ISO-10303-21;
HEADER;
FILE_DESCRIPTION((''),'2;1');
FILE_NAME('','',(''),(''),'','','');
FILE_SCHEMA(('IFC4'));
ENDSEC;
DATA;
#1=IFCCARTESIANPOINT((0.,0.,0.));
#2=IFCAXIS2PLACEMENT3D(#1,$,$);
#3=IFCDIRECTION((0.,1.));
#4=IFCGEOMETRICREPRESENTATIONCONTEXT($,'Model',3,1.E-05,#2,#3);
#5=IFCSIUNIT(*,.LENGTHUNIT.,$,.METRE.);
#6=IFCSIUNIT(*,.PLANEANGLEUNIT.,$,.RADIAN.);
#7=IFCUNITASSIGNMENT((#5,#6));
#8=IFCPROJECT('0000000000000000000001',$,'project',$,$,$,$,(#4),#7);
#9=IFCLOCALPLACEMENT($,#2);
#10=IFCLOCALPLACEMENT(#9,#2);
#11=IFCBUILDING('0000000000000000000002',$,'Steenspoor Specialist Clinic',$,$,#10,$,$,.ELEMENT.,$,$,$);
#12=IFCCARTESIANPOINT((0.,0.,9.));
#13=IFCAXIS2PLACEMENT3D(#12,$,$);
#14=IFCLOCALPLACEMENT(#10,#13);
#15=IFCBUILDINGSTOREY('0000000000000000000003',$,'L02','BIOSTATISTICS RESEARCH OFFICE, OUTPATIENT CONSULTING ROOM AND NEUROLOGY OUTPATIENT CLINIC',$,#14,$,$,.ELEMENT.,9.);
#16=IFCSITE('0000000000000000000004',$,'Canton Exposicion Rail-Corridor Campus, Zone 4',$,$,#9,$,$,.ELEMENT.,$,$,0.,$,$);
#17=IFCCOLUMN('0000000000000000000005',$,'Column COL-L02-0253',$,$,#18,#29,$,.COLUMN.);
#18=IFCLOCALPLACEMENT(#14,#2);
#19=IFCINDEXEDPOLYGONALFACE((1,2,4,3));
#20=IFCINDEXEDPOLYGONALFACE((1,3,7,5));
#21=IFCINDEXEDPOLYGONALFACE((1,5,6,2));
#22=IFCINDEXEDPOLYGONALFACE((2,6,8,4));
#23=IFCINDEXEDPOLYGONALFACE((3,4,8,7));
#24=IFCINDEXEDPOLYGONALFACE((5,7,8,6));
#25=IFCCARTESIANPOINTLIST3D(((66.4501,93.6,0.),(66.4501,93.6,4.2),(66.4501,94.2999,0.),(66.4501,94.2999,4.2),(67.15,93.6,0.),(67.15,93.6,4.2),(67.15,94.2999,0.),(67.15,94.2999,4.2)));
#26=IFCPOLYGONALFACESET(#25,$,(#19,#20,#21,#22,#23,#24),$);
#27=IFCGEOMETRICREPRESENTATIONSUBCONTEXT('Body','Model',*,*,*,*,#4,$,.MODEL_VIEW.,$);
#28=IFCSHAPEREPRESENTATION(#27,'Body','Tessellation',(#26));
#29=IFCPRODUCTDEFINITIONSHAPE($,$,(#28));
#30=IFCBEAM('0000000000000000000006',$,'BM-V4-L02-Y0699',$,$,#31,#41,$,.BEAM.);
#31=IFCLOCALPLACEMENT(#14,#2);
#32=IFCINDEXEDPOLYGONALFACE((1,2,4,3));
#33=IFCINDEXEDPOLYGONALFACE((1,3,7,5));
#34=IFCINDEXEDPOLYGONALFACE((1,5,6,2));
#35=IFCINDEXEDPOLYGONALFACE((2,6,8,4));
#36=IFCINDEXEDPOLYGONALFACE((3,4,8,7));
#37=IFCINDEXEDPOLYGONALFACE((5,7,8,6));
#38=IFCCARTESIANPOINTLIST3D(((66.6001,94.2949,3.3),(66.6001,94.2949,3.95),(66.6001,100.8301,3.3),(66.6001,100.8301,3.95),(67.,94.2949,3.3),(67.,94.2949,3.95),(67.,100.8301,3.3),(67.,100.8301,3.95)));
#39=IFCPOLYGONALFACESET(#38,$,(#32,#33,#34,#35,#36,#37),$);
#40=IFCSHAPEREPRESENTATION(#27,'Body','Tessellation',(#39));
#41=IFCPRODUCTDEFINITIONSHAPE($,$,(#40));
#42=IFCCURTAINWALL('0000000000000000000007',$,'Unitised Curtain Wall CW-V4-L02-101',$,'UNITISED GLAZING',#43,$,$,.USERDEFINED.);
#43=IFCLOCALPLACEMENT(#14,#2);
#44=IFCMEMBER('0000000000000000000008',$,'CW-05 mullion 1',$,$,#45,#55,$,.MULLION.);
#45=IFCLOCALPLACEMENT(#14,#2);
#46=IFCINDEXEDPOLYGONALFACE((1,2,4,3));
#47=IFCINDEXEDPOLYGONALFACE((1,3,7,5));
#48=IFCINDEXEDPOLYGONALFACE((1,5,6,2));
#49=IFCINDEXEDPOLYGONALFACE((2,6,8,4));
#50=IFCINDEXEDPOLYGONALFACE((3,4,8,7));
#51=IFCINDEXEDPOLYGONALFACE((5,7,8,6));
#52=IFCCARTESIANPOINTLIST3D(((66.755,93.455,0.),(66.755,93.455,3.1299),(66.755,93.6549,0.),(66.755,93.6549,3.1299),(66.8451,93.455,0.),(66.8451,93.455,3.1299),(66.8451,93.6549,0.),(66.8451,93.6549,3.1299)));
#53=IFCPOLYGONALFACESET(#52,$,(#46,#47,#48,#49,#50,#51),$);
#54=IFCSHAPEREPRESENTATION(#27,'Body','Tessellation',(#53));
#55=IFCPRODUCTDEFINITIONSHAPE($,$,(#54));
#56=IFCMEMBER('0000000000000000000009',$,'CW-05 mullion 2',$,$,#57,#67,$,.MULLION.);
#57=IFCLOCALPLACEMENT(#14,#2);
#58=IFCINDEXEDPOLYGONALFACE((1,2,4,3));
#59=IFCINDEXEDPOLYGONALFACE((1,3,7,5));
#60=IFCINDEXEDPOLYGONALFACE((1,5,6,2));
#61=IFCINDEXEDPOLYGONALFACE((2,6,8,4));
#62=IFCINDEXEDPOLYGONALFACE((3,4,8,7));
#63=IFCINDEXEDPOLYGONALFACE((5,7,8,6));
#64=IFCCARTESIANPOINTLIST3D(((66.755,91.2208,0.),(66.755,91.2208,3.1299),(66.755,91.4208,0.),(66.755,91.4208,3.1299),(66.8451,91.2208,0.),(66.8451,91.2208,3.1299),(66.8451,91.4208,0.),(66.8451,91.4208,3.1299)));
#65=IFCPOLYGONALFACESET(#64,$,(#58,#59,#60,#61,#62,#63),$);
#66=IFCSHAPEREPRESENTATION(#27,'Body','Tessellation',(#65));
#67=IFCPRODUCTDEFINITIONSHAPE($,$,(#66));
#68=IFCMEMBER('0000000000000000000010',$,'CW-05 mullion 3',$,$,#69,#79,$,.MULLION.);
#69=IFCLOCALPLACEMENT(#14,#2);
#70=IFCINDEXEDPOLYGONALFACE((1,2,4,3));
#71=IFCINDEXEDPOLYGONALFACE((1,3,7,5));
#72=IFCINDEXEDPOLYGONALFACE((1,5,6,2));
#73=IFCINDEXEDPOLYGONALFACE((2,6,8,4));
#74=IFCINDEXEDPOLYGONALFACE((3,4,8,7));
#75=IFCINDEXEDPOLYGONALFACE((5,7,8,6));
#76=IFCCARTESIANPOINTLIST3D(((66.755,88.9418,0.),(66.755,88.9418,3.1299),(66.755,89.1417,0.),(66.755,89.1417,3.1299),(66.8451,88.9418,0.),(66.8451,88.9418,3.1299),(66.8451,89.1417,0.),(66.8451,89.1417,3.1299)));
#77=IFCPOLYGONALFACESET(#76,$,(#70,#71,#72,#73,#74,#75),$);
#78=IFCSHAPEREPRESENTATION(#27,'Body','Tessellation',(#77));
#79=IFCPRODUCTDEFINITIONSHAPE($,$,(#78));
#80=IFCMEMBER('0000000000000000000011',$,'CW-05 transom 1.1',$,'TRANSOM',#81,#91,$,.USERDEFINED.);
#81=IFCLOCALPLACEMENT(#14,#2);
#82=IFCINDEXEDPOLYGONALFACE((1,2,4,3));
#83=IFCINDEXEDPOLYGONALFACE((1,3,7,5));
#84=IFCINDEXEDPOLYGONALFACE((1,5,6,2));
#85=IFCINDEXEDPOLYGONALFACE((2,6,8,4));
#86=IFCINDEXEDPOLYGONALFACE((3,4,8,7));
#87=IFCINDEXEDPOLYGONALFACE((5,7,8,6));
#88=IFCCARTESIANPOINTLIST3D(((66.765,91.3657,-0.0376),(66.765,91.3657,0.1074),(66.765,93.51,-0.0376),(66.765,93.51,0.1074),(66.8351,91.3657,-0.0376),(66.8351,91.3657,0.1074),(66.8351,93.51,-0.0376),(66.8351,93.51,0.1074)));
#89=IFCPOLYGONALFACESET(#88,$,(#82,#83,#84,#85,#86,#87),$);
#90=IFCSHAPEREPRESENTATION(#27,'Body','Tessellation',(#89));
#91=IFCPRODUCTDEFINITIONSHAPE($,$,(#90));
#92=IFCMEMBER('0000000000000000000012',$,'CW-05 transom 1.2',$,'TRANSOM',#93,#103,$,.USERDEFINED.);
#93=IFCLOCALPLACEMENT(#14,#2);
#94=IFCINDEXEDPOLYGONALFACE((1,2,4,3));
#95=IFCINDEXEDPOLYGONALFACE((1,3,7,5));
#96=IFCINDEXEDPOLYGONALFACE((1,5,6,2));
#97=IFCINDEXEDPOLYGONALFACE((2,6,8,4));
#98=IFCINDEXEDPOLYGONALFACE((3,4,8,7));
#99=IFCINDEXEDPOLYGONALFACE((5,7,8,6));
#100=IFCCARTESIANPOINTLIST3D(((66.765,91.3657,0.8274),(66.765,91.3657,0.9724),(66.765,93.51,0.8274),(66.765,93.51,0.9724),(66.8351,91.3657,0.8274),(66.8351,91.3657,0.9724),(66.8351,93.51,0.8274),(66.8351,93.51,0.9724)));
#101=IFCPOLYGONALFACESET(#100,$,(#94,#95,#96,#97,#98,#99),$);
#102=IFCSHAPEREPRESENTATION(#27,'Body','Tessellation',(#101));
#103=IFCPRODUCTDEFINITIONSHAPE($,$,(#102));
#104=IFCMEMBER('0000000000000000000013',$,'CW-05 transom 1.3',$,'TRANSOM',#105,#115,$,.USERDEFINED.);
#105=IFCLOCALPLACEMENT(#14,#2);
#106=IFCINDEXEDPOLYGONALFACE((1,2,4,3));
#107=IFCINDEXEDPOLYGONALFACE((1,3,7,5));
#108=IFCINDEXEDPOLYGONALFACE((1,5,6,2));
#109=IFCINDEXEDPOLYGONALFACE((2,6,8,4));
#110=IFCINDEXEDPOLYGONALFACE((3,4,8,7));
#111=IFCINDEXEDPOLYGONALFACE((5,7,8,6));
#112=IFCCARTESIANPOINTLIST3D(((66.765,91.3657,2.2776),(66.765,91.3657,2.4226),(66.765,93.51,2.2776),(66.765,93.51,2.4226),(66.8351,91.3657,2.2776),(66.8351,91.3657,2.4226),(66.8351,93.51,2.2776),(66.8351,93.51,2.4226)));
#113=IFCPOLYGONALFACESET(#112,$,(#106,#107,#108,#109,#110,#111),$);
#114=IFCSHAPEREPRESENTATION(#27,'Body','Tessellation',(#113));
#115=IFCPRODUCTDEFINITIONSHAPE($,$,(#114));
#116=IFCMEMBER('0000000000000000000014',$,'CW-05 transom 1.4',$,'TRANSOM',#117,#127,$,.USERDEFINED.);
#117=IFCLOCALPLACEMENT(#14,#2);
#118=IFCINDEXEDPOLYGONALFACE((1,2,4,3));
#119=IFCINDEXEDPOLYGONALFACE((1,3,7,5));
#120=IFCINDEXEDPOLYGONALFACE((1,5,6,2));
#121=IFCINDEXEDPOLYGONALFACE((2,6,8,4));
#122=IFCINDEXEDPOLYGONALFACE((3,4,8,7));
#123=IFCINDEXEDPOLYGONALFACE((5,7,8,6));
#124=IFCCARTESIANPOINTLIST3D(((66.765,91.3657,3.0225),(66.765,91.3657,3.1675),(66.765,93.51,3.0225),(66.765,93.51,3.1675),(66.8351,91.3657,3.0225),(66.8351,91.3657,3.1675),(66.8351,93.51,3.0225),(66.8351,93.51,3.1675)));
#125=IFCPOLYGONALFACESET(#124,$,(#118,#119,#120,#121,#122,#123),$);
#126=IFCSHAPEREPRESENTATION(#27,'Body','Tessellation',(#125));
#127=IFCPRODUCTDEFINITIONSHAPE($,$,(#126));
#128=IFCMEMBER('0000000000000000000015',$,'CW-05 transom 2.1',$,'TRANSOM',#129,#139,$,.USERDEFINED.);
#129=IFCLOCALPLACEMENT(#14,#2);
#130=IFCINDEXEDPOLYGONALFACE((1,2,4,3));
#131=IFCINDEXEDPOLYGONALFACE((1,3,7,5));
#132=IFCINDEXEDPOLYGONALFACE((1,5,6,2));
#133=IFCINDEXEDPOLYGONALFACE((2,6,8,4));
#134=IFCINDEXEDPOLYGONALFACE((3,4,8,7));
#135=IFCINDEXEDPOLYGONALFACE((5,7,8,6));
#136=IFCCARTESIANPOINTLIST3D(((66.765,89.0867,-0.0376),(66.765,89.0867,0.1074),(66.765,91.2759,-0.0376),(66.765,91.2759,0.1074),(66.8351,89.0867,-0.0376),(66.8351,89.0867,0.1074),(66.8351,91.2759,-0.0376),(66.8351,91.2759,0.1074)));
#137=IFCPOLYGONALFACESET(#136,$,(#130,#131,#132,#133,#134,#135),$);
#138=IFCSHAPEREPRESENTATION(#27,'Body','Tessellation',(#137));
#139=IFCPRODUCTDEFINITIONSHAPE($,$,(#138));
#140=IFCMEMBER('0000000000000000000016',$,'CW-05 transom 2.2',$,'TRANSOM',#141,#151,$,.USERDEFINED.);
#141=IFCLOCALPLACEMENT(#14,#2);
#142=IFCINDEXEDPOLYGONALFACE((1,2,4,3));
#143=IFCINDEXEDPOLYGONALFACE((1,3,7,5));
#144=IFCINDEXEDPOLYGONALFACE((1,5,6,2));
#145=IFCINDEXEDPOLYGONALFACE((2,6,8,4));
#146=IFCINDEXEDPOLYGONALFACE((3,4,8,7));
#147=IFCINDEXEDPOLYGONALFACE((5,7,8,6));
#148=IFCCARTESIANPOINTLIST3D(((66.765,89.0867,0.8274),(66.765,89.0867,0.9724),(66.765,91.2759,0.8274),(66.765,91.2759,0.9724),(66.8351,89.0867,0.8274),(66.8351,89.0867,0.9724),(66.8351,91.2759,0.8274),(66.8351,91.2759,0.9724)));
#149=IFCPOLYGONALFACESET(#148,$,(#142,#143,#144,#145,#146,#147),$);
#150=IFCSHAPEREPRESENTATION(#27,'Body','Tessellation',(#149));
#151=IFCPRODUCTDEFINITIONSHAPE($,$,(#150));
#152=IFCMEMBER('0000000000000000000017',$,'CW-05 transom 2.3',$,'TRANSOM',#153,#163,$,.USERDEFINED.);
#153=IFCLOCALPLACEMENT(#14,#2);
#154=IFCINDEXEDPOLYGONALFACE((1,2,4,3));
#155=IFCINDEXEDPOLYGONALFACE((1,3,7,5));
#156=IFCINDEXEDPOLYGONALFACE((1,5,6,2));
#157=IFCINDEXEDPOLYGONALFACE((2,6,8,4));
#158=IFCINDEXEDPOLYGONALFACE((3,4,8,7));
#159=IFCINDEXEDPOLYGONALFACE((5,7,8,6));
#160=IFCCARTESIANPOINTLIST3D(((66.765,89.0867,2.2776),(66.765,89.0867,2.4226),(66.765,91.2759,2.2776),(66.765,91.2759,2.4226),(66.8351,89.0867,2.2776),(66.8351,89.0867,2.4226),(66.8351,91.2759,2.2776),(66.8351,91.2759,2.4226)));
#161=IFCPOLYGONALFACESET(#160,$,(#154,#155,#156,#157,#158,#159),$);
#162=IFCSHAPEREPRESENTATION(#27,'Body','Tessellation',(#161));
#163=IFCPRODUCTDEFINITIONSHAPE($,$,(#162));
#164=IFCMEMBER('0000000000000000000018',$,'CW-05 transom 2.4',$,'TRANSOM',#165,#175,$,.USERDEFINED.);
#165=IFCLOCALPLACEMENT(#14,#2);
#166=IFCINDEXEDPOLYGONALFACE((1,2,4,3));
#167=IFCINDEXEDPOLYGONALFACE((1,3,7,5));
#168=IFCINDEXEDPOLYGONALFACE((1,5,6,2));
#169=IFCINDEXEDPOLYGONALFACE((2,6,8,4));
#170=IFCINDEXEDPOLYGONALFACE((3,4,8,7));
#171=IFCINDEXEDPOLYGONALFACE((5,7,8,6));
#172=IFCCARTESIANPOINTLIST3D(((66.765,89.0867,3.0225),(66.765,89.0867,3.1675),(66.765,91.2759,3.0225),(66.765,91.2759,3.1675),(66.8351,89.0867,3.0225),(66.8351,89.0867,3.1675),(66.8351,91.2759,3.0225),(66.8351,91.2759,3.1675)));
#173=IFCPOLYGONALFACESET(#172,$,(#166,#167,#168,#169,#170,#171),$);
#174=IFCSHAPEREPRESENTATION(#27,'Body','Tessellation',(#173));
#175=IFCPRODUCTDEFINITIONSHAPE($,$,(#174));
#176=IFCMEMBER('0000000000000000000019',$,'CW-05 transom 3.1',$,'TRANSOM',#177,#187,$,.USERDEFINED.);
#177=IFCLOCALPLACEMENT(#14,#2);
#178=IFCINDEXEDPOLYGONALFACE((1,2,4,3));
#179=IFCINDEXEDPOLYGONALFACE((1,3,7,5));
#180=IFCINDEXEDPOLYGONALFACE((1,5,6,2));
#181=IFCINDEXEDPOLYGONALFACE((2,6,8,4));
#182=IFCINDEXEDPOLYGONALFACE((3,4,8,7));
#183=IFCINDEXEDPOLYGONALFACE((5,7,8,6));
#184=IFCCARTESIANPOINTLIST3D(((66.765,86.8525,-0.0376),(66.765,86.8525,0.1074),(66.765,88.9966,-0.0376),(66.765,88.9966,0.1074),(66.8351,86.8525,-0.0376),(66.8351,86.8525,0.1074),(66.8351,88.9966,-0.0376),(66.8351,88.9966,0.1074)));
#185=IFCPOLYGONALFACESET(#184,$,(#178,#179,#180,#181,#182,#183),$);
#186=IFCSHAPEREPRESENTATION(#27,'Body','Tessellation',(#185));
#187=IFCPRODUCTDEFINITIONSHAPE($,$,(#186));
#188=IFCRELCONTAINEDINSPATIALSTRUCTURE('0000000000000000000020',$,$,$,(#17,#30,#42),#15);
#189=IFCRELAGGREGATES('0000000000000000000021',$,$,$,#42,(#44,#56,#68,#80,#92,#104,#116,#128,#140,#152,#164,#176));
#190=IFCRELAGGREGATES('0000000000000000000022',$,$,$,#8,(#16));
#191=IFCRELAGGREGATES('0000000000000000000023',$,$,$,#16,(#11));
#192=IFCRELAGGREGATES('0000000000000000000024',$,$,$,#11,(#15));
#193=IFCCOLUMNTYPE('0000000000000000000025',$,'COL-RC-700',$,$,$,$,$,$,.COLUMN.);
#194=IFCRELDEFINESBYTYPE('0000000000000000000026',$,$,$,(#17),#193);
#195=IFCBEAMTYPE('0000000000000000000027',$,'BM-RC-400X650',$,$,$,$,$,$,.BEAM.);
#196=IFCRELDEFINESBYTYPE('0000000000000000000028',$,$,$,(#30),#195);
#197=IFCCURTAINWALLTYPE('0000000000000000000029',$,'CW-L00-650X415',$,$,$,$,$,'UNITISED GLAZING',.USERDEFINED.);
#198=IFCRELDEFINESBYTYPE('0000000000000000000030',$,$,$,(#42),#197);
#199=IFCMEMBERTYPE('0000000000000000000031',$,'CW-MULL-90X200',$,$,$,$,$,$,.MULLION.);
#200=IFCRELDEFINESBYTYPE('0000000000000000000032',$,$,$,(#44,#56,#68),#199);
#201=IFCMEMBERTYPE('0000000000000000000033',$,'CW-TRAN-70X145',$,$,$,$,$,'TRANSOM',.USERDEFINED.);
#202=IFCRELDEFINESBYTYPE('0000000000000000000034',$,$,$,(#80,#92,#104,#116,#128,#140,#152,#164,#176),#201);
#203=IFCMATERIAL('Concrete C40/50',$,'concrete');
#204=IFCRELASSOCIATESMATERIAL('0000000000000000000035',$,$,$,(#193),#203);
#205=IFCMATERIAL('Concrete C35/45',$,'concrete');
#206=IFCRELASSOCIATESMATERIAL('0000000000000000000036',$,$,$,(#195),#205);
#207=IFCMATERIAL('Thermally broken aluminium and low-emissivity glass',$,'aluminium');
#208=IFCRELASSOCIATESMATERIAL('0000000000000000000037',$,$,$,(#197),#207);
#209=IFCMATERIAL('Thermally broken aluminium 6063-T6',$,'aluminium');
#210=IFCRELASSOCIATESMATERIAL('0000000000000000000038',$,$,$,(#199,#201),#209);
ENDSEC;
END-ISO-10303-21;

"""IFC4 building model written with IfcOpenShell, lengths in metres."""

from ifc_helpers import new_model, si_unit, direction, frame, origin, origin_2d, place, context, subcontext, project, spatial, rectangle, extrude, material, material_profile, profile_set, type_object, element, aggregate, save


model = new_model("IFC4")

# Units and contexts
model_context = context("Model", 3, precision=1e-05, world=origin(), true_north=direction((0.0, 1.0)))
body_context = subcontext(model_context, "Body", "Model", "MODEL_VIEW")
ifc_project = project(units=[si_unit("LENGTHUNIT", "METRE"), si_unit("PLANEANGLEUNIT", "RADIAN")], contexts=[model_context])

# Site, building, storey
site_placement = place(None, origin())
site = spatial("IfcSite", under=ifc_project, at=site_placement, Name="Canton Exposicion Rail-Corridor Campus, Zone 4", CompositionType="ELEMENT", RefElevation=0.0)
building_placement = place(site_placement, origin())
building = spatial("IfcBuilding", under=site, at=building_placement, Name="Steenspoor Specialist Clinic", CompositionType="ELEMENT")
storey_placement = place(building_placement, frame((0.0, 0.0, 9.0)))
storey = spatial("IfcBuildingStorey", under=building, at=storey_placement, Name="L02", Description="BIOSTATISTICS RESEARCH OFFICE, OUTPATIENT CONSULTING ROOM AND NEUROLOGY OUTPATIENT CLINIC", CompositionType="ELEMENT", Elevation=9.0)

# Column
ifc_material_1 = material(Name="Concrete C40/50", Category="concrete")
ifc_material_profile_1 = material_profile(ifc_material_1, rectangle(XDim=0.7, YDim=0.7, at=origin_2d()), Name="RC-COL-700X700")
ifc_profile_set_1 = profile_set([ifc_material_profile_1], Name="Concrete C40/50")
column_type = type_object("IfcColumnType", Name="COL-RC-700", PredefinedType="COLUMN", material=ifc_profile_set_1)
column_placement = place(storey_placement, frame((66.8, 93.95, 0.0), z_axis=(0.0, 0.0, 1.0), x_axis=(1.0, 0.0, 0.0)))
element("IfcColumn", 1, at=column_placement, inside=storey, type_object=column_type, Name="Column COL-L02-0253", PredefinedType="COLUMN", context=body_context, shape_type="SweptSolid", body=[
    extrude(rectangle(XDim=0.7, YDim=0.7, at=origin_2d()), origin(), (0.0, 0.0, 1.0), 4.2),
])

# Beam
ifc_material_2 = material(Name="Concrete C35/45", Category="concrete")
ifc_material_profile_2 = material_profile(ifc_material_2, rectangle(XDim=0.3999, YDim=0.6499, at=origin_2d()), Name="RC-BM-400X650")
ifc_profile_set_2 = profile_set([ifc_material_profile_2], Name="Concrete C35/45")
beam_type = type_object("IfcBeamType", Name="BM-RC-400X650", PredefinedType="BEAM", material=ifc_profile_set_2)
beam_placement = place(storey_placement, frame((66.8, 94.2949, 3.625), z_axis=(0.0, 1.0, 0.0), x_axis=(-1.0, 0.0, 0.0)))
element("IfcBeam", 2, at=beam_placement, inside=storey, type_object=beam_type, Name="BM-V4-L02-Y0699", PredefinedType="BEAM", context=body_context, shape_type="SweptSolid", body=[
    extrude(rectangle(XDim=0.3999, YDim=0.6499, at=origin_2d()), origin(), (0.0, 0.0, 1.0), 6.5352),
])

# Curtain wall, members
ifc_material_3 = material(Name="Thermally broken aluminium and low-emissivity glass", Category="aluminium")
curtain_wall_type = type_object("IfcCurtainWallType", Name="CW-L00-650X415", ElementType="UNITISED GLAZING", PredefinedType="USERDEFINED", material=ifc_material_3)
curtain_wall_placement = place(storey_placement, origin())
curtain_wall = element("IfcCurtainWall", 3, at=curtain_wall_placement, inside=storey, type_object=curtain_wall_type, Name="Unitised Curtain Wall CW-V4-L02-101", ObjectType="UNITISED GLAZING", PredefinedType="USERDEFINED")
ifc_material_4 = material(Name="Thermally broken aluminium 6063-T6", Category="aluminium")
ifc_material_profile_3 = material_profile(ifc_material_4, rectangle(XDim=0.0901, YDim=0.2, at=origin_2d()), Name="CWM-90X200")
ifc_profile_set_3 = profile_set([ifc_material_profile_3], Name="Thermally broken aluminium 6063-T6")
member_type_1 = type_object("IfcMemberType", Name="CW-MULL-90X200", PredefinedType="MULLION", material=ifc_profile_set_3)
member_1_placement = place(storey_placement, frame((66.8, 93.5549, 0.0), z_axis=(0.0, 0.0, 1.0), x_axis=(1.0, 0.0, 0.0)))
member_1 = element("IfcMember", 4, at=member_1_placement, type_object=member_type_1, Name="CW-05 mullion 1", PredefinedType="MULLION", context=body_context, shape_type="SweptSolid", body=[
    extrude(rectangle(XDim=0.0901, YDim=0.2, at=origin_2d()), origin(), (0.0, 0.0, 1.0), 3.1299),
])
member_2_placement = place(storey_placement, frame((66.8, 91.3208, 0.0), z_axis=(0.0, 0.0, 1.0), x_axis=(1.0, 0.0, 0.0)))
member_2 = element("IfcMember", 5, at=member_2_placement, type_object=member_type_1, Name="CW-05 mullion 2", PredefinedType="MULLION", context=body_context, shape_type="SweptSolid", body=[
    extrude(rectangle(XDim=0.0901, YDim=0.2, at=origin_2d()), origin(), (0.0, 0.0, 1.0), 3.1299),
])
member_3_placement = place(storey_placement, frame((66.8, 89.0417, 0.0), z_axis=(0.0, 0.0, 1.0), x_axis=(1.0, 0.0, 0.0)))
member_3 = element("IfcMember", 6, at=member_3_placement, type_object=member_type_1, Name="CW-05 mullion 3", PredefinedType="MULLION", context=body_context, shape_type="SweptSolid", body=[
    extrude(rectangle(XDim=0.0901, YDim=0.2, at=origin_2d()), origin(), (0.0, 0.0, 1.0), 3.1299),
])
ifc_material_profile_4 = material_profile(ifc_material_4, rectangle(XDim=0.0701, YDim=0.145, at=origin_2d()), Name="CWT-70X145")
ifc_profile_set_4 = profile_set([ifc_material_profile_4], Name="Thermally broken aluminium 6063-T6")
member_type_2 = type_object("IfcMemberType", Name="CW-TRAN-70X145", ElementType="TRANSOM", PredefinedType="USERDEFINED", material=ifc_profile_set_4)
member_4_placement = place(storey_placement, frame((66.8, 93.51, 0.0349), z_axis=(0.0, -1.0, 0.0), x_axis=(1.0, 0.0, 0.0)))
member_4 = element("IfcMember", 7, at=member_4_placement, type_object=member_type_2, Name="CW-05 transom 1.1", ObjectType="TRANSOM", PredefinedType="USERDEFINED", context=body_context, shape_type="SweptSolid", body=[
    extrude(rectangle(XDim=0.0701, YDim=0.145, at=origin_2d()), origin(), (0.0, 0.0, 1.0), 2.1443),
])
member_5_placement = place(storey_placement, frame((66.8, 93.51, 0.8999), z_axis=(0.0, -1.0, 0.0), x_axis=(1.0, 0.0, 0.0)))
member_5 = element("IfcMember", 8, at=member_5_placement, type_object=member_type_2, Name="CW-05 transom 1.2", ObjectType="TRANSOM", PredefinedType="USERDEFINED", context=body_context, shape_type="SweptSolid", body=[
    extrude(rectangle(XDim=0.0701, YDim=0.145, at=origin_2d()), origin(), (0.0, 0.0, 1.0), 2.1443),
])
member_6_placement = place(storey_placement, frame((66.8, 93.51, 2.3501), z_axis=(0.0, -1.0, 0.0), x_axis=(1.0, 0.0, 0.0)))
member_6 = element("IfcMember", 9, at=member_6_placement, type_object=member_type_2, Name="CW-05 transom 1.3", ObjectType="TRANSOM", PredefinedType="USERDEFINED", context=body_context, shape_type="SweptSolid", body=[
    extrude(rectangle(XDim=0.0701, YDim=0.145, at=origin_2d()), origin(), (0.0, 0.0, 1.0), 2.1443),
])
member_7_placement = place(storey_placement, frame((66.8, 93.51, 3.095), z_axis=(0.0, -1.0, 0.0), x_axis=(1.0, 0.0, 0.0)))
member_7 = element("IfcMember", 10, at=member_7_placement, type_object=member_type_2, Name="CW-05 transom 1.4", ObjectType="TRANSOM", PredefinedType="USERDEFINED", context=body_context, shape_type="SweptSolid", body=[
    extrude(rectangle(XDim=0.0701, YDim=0.145, at=origin_2d()), origin(), (0.0, 0.0, 1.0), 2.1443),
])
member_8_placement = place(storey_placement, frame((66.8, 91.2759, 0.0349), z_axis=(0.0, -1.0, 0.0), x_axis=(1.0, 0.0, 0.0)))
member_8 = element("IfcMember", 11, at=member_8_placement, type_object=member_type_2, Name="CW-05 transom 2.1", ObjectType="TRANSOM", PredefinedType="USERDEFINED", context=body_context, shape_type="SweptSolid", body=[
    extrude(rectangle(XDim=0.0701, YDim=0.145, at=origin_2d()), origin(), (0.0, 0.0, 1.0), 2.1892),
])
member_9_placement = place(storey_placement, frame((66.8, 91.2759, 0.8999), z_axis=(0.0, -1.0, 0.0), x_axis=(1.0, 0.0, 0.0)))
member_9 = element("IfcMember", 12, at=member_9_placement, type_object=member_type_2, Name="CW-05 transom 2.2", ObjectType="TRANSOM", PredefinedType="USERDEFINED", context=body_context, shape_type="SweptSolid", body=[
    extrude(rectangle(XDim=0.0701, YDim=0.145, at=origin_2d()), origin(), (0.0, 0.0, 1.0), 2.1892),
])
member_10_placement = place(storey_placement, frame((66.8, 91.2759, 2.3501), z_axis=(0.0, -1.0, 0.0), x_axis=(1.0, 0.0, 0.0)))
member_10 = element("IfcMember", 13, at=member_10_placement, type_object=member_type_2, Name="CW-05 transom 2.3", ObjectType="TRANSOM", PredefinedType="USERDEFINED", context=body_context, shape_type="SweptSolid", body=[
    extrude(rectangle(XDim=0.0701, YDim=0.145, at=origin_2d()), origin(), (0.0, 0.0, 1.0), 2.1892),
])
member_11_placement = place(storey_placement, frame((66.8, 91.2759, 3.095), z_axis=(0.0, -1.0, 0.0), x_axis=(1.0, 0.0, 0.0)))
member_11 = element("IfcMember", 14, at=member_11_placement, type_object=member_type_2, Name="CW-05 transom 2.4", ObjectType="TRANSOM", PredefinedType="USERDEFINED", context=body_context, shape_type="SweptSolid", body=[
    extrude(rectangle(XDim=0.0701, YDim=0.145, at=origin_2d()), origin(), (0.0, 0.0, 1.0), 2.1892),
])
member_12_placement = place(storey_placement, frame((66.8, 88.9966, 0.0349), z_axis=(0.0, -1.0, 0.0), x_axis=(1.0, 0.0, 0.0)))
member_12 = element("IfcMember", 15, at=member_12_placement, type_object=member_type_2, Name="CW-05 transom 3.1", ObjectType="TRANSOM", PredefinedType="USERDEFINED", context=body_context, shape_type="SweptSolid", body=[
    extrude(rectangle(XDim=0.0701, YDim=0.145, at=origin_2d()), origin(), (0.0, 0.0, 1.0), 2.144),
])
aggregate(curtain_wall, [member_1, member_2, member_3, member_4, member_5, member_6, member_7, member_8, member_9, member_10, member_11, member_12])

save(model, "model.ifc")
